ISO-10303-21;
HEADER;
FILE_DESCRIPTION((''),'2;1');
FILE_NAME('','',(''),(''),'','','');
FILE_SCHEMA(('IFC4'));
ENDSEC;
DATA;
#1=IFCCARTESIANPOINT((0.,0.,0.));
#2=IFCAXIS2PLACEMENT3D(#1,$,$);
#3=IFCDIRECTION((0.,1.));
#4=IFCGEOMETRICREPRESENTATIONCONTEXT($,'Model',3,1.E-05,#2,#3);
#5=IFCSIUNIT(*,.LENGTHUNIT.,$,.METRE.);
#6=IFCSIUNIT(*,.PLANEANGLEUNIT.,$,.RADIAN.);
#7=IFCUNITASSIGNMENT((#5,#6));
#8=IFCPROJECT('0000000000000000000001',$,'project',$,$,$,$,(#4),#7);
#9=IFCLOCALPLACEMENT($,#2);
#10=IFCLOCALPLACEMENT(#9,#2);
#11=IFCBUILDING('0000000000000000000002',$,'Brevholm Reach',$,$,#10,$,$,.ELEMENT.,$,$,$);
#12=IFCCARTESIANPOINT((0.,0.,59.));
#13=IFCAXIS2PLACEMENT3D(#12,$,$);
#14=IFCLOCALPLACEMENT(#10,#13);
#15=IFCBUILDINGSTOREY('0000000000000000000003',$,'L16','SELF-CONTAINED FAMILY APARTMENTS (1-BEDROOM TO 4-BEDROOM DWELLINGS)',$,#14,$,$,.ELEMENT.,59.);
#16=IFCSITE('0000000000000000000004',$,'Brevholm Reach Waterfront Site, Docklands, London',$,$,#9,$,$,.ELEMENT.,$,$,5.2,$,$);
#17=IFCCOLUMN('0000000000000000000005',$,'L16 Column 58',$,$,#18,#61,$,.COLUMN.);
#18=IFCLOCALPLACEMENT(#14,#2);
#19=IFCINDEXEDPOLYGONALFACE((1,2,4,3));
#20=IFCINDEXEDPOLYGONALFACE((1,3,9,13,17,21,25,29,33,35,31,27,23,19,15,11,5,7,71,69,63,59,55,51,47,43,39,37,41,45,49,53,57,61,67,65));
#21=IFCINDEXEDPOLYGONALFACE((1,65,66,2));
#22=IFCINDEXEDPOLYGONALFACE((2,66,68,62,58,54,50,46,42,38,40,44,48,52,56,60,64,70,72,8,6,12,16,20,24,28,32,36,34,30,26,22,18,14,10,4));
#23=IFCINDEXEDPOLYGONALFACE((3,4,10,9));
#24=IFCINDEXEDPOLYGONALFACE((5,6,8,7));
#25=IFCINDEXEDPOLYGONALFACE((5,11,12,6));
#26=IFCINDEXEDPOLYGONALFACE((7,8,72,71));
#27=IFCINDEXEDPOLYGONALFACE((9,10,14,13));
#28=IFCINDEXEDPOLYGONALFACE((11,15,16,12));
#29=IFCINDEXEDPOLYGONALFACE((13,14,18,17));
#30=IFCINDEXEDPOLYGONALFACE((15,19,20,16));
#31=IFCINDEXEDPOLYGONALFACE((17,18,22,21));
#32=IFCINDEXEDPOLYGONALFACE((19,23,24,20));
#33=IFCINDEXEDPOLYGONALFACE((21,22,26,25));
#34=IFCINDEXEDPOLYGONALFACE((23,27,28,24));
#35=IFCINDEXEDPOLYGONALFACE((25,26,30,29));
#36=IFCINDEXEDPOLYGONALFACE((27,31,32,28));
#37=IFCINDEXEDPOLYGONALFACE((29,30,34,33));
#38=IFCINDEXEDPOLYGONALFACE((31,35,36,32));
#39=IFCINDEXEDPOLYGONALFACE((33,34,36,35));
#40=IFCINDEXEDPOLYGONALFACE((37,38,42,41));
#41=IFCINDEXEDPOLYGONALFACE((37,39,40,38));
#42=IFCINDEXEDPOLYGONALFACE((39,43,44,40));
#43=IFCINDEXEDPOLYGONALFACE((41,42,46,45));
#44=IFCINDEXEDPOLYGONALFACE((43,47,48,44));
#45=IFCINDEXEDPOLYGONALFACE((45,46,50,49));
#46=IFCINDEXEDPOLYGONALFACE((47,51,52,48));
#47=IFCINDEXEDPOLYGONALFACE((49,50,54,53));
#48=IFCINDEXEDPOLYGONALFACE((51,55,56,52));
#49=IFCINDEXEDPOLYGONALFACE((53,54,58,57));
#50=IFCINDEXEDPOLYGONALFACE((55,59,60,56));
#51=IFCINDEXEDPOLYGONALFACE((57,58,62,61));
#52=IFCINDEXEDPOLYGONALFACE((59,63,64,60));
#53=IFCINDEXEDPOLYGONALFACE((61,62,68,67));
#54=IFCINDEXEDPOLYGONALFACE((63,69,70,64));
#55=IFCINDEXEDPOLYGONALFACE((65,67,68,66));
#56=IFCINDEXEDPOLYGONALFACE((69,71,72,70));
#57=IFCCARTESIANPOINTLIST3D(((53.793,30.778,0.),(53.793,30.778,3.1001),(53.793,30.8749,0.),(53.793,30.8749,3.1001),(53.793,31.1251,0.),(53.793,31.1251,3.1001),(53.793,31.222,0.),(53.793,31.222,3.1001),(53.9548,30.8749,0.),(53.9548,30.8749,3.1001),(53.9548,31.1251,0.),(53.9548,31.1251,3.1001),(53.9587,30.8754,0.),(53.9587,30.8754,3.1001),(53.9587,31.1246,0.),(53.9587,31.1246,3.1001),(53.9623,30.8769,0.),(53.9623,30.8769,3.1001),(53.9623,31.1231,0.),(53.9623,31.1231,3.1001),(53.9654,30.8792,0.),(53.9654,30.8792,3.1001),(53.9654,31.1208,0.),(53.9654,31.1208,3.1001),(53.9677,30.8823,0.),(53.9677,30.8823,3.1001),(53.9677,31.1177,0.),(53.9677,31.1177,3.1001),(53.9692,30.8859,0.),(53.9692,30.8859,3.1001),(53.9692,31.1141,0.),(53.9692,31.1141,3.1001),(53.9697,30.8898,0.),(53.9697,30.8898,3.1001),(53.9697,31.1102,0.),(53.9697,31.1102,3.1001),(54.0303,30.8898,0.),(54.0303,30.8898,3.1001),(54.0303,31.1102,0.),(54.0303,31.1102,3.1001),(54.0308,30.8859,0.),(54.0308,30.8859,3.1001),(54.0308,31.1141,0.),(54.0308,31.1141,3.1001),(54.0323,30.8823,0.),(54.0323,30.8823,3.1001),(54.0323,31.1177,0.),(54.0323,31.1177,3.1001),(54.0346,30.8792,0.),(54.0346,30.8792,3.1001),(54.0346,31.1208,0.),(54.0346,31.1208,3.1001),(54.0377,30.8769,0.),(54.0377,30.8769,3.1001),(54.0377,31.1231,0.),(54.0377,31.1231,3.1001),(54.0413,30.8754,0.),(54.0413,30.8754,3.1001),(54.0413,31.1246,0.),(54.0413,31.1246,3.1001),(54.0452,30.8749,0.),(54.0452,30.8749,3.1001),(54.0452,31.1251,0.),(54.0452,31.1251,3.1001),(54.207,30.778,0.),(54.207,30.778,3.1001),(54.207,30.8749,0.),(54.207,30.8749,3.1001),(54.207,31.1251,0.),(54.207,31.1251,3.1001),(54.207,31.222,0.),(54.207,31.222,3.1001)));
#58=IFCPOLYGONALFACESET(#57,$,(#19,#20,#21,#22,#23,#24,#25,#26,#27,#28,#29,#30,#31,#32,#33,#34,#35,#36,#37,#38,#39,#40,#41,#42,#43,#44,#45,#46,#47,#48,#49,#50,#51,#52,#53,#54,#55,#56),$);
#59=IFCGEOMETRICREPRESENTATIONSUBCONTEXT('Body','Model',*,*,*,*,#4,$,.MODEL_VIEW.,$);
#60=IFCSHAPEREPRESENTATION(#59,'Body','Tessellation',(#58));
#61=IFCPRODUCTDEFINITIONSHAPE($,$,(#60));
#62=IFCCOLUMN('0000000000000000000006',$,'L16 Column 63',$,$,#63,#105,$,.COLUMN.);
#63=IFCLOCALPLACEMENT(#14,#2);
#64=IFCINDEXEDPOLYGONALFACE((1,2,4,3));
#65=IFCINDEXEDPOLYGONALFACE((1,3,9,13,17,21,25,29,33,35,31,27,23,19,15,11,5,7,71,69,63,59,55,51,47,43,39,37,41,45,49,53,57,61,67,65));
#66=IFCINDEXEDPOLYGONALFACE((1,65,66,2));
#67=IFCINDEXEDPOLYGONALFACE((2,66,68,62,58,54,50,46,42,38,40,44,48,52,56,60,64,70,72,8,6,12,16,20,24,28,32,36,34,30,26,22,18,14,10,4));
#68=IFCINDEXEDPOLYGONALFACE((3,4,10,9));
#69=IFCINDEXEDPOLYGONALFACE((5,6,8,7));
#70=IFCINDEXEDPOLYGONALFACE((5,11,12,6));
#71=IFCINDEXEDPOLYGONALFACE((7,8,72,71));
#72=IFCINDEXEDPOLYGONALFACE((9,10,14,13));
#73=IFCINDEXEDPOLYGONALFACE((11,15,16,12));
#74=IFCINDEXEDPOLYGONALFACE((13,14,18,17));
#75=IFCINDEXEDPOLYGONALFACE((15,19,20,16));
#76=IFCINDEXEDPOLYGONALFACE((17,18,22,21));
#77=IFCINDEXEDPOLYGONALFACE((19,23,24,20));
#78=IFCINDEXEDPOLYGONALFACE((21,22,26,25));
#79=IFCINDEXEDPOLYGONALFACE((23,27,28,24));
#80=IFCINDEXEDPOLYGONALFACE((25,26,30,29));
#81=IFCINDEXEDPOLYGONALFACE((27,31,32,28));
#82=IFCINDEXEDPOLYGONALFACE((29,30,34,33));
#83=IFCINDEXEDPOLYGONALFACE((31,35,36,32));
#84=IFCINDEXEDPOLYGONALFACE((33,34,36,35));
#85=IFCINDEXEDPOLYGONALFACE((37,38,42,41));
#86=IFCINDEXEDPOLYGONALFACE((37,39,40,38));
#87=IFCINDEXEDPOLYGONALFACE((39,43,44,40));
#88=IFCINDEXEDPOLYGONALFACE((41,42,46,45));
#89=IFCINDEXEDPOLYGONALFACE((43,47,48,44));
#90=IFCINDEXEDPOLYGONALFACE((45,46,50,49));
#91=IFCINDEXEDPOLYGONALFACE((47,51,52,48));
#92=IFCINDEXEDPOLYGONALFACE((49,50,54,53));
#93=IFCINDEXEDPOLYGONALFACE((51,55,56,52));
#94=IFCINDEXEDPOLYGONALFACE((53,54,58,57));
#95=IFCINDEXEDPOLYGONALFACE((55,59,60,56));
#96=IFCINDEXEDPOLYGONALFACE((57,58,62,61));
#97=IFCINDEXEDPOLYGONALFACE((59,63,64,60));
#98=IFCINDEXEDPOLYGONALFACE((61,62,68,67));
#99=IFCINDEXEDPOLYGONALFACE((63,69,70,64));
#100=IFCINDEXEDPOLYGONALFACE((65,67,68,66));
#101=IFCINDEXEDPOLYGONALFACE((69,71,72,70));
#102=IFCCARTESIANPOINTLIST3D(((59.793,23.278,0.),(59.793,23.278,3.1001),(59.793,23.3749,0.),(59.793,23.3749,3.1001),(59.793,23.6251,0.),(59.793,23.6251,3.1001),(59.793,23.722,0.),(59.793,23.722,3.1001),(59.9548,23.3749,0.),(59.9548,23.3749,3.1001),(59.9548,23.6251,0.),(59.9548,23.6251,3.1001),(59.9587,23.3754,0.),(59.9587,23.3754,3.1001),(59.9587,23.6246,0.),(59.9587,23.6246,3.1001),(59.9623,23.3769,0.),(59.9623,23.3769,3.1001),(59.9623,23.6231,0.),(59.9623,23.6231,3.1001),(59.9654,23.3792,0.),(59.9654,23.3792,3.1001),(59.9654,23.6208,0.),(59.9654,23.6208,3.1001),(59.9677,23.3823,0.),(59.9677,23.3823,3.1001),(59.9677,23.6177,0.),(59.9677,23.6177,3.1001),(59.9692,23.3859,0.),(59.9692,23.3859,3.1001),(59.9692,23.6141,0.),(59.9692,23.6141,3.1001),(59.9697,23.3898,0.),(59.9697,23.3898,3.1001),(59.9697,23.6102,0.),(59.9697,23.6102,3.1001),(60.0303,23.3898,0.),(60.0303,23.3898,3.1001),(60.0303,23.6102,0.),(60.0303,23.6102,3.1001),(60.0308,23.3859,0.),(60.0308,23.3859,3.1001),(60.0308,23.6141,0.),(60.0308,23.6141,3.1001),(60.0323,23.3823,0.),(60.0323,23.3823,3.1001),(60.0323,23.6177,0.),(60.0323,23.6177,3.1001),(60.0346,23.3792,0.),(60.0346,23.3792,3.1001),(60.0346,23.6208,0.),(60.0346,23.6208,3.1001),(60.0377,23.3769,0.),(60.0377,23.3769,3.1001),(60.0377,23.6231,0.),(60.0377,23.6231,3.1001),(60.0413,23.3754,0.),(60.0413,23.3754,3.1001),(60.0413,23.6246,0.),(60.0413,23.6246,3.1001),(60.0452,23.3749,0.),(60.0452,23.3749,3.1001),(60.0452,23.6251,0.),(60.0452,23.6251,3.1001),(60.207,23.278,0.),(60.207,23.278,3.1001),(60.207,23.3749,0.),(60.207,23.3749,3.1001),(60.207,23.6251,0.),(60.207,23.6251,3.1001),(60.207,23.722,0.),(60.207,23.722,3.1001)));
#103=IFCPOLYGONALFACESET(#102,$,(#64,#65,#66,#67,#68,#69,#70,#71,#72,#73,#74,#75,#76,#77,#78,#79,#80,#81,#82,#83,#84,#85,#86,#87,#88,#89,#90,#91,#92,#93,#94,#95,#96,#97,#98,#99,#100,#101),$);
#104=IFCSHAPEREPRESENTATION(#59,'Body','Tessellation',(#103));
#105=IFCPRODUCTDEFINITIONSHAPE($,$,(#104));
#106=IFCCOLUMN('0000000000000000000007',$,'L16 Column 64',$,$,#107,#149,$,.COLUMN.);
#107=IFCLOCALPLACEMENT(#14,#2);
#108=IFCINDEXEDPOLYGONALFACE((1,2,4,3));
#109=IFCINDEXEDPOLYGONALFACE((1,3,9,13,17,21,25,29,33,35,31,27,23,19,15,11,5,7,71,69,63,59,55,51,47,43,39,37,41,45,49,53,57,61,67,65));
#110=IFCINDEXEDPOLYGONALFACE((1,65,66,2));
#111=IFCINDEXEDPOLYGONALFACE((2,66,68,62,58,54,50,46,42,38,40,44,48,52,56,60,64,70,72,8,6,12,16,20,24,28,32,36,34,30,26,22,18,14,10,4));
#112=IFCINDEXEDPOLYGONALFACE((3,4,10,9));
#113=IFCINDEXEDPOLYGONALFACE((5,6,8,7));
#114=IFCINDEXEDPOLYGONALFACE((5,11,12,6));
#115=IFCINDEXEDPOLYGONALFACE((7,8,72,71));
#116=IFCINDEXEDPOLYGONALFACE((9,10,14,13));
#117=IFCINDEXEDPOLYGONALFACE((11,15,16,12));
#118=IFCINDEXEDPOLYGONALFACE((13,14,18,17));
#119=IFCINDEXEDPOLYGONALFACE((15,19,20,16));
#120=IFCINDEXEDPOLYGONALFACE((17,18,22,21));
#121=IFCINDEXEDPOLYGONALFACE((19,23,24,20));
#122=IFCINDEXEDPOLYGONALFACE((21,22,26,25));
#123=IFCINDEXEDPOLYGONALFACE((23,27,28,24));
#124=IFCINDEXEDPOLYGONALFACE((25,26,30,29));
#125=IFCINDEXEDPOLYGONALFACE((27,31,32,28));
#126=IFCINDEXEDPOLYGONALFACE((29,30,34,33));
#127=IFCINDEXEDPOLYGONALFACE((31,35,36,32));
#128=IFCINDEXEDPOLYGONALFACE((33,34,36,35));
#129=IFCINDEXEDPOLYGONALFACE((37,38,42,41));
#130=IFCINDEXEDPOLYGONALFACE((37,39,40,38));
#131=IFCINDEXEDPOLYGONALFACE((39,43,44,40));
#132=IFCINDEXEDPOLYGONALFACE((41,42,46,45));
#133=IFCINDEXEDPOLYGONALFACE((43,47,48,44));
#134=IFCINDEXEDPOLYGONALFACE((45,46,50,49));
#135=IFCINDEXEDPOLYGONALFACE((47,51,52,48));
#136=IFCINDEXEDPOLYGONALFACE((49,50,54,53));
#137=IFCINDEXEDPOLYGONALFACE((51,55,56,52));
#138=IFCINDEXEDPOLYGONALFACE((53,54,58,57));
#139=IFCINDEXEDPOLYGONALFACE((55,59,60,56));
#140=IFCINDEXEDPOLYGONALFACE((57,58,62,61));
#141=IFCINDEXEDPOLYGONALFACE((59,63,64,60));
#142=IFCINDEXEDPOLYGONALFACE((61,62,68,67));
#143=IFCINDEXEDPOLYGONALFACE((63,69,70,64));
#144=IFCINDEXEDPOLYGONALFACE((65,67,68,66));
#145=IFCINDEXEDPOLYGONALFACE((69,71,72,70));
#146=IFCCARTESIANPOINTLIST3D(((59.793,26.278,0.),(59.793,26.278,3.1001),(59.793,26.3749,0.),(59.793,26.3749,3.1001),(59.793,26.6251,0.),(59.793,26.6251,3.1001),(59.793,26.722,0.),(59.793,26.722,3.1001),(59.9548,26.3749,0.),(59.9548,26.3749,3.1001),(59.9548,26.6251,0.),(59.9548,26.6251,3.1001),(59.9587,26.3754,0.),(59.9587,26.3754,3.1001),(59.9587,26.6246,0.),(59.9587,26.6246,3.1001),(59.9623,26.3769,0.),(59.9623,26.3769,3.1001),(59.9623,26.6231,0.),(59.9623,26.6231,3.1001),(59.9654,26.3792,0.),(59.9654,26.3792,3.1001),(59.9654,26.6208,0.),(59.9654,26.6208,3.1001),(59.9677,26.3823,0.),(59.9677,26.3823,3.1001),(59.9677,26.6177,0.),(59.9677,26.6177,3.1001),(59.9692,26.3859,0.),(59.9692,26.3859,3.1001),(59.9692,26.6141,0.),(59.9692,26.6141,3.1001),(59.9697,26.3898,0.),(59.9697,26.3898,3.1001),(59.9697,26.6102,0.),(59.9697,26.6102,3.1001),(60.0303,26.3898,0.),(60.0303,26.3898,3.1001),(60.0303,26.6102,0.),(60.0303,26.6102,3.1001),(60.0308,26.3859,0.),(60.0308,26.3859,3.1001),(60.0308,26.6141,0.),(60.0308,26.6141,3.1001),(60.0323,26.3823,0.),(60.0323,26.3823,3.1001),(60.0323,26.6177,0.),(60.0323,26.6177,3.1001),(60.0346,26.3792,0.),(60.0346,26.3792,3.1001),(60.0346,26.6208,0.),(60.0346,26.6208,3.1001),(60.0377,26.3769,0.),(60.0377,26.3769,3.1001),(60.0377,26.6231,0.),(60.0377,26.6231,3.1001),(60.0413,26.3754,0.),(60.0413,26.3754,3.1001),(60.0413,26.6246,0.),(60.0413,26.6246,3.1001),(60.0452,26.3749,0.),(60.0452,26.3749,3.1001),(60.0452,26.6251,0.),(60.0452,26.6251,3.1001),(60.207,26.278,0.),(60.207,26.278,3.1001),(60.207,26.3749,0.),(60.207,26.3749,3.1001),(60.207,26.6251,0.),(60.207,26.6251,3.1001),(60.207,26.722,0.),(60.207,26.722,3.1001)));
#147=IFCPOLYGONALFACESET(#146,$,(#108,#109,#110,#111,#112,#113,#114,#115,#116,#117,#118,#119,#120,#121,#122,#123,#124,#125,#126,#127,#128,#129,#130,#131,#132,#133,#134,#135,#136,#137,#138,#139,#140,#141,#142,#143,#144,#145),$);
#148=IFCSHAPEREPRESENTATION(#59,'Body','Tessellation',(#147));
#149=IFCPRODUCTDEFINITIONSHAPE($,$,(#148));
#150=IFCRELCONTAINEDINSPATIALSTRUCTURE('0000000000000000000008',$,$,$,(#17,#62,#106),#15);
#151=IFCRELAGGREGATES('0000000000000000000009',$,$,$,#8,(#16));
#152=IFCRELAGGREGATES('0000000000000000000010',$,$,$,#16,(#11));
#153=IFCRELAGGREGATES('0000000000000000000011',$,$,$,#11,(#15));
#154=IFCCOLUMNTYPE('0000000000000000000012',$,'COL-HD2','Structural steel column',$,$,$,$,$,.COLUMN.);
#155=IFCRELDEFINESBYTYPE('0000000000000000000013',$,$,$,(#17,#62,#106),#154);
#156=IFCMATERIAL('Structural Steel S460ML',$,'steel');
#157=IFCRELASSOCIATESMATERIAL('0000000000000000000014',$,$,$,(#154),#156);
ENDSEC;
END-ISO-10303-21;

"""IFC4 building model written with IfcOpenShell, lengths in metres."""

from ifc_helpers import new_model, si_unit, direction, frame, origin, origin_2d, place, context, subcontext, project, spatial, i_section, extrude, material, material_profile, profile_set, type_object, element, save


model = new_model("IFC4")

# Units and contexts
model_context = context("Model", 3, precision=1e-05, world=origin(), true_north=direction((0.0, 1.0)))
body_context = subcontext(model_context, "Body", "Model", "MODEL_VIEW")
ifc_project = project(units=[si_unit("LENGTHUNIT", "METRE"), si_unit("PLANEANGLEUNIT", "RADIAN")], contexts=[model_context])

# Site, building, storey
site_placement = place(None, origin())
site = spatial("IfcSite", under=ifc_project, at=site_placement, Name="Brevholm Reach Waterfront Site, Docklands, London", CompositionType="ELEMENT", RefElevation=5.2)
building_placement = place(site_placement, origin())
building = spatial("IfcBuilding", under=site, at=building_placement, Name="Brevholm Reach", CompositionType="ELEMENT")
storey_placement = place(building_placement, frame((0.0, 0.0, 59.0)))
storey = spatial("IfcBuildingStorey", under=building, at=storey_placement, Name="L16", Description="SELF-CONTAINED FAMILY APARTMENTS (1-BEDROOM TO 4-BEDROOM DWELLINGS)", CompositionType="ELEMENT", Elevation=59.0)

# Columns
ifc_material_1 = material(Name="Structural Steel S460ML", Category="steel")
ifc_material_profile_1 = material_profile(ifc_material_1, i_section(OverallWidth=0.4141, OverallDepth=0.4441, WebThickness=0.0605, FlangeThickness=0.0969, FilletRadius=0.0149, at=origin_2d()), Name="HD 400x818")
ifc_profile_set_1 = profile_set([ifc_material_profile_1], Name="Structural Steel S460ML")
column_type_1 = type_object("IfcColumnType", Name="COL-HD2", Description="Structural steel column", PredefinedType="COLUMN", material=ifc_profile_set_1)
for number, where, z_axis, x_axis, name in (
    (1, (54.0, 31.0, 0.0), (0.0, 0.0, 1.0), (1.0, 0.0, 0.0), "L16 Column 58"),
    (2, (60.0, 23.5, 0.0), (0.0, 0.0, 1.0), (1.0, 0.0, 0.0), "L16 Column 63"),
    (3, (60.0, 26.5, 0.0), (0.0, 0.0, 1.0), (1.0, 0.0, 0.0), "L16 Column 64"),
):
    element("IfcColumn", number, at=place(storey_placement, frame(where, z_axis=z_axis, x_axis=x_axis)), inside=storey, type_object=column_type_1, Name=name, PredefinedType="COLUMN", context=body_context, shape_type="SweptSolid", body=[
        extrude(i_section(OverallWidth=0.4141, OverallDepth=0.4441, WebThickness=0.0605, FlangeThickness=0.0969, FilletRadius=0.0149, at=origin_2d()), origin(), (0.0, 0.0, 1.0), 3.1001),
    ])

save(model, "model.ifc")
